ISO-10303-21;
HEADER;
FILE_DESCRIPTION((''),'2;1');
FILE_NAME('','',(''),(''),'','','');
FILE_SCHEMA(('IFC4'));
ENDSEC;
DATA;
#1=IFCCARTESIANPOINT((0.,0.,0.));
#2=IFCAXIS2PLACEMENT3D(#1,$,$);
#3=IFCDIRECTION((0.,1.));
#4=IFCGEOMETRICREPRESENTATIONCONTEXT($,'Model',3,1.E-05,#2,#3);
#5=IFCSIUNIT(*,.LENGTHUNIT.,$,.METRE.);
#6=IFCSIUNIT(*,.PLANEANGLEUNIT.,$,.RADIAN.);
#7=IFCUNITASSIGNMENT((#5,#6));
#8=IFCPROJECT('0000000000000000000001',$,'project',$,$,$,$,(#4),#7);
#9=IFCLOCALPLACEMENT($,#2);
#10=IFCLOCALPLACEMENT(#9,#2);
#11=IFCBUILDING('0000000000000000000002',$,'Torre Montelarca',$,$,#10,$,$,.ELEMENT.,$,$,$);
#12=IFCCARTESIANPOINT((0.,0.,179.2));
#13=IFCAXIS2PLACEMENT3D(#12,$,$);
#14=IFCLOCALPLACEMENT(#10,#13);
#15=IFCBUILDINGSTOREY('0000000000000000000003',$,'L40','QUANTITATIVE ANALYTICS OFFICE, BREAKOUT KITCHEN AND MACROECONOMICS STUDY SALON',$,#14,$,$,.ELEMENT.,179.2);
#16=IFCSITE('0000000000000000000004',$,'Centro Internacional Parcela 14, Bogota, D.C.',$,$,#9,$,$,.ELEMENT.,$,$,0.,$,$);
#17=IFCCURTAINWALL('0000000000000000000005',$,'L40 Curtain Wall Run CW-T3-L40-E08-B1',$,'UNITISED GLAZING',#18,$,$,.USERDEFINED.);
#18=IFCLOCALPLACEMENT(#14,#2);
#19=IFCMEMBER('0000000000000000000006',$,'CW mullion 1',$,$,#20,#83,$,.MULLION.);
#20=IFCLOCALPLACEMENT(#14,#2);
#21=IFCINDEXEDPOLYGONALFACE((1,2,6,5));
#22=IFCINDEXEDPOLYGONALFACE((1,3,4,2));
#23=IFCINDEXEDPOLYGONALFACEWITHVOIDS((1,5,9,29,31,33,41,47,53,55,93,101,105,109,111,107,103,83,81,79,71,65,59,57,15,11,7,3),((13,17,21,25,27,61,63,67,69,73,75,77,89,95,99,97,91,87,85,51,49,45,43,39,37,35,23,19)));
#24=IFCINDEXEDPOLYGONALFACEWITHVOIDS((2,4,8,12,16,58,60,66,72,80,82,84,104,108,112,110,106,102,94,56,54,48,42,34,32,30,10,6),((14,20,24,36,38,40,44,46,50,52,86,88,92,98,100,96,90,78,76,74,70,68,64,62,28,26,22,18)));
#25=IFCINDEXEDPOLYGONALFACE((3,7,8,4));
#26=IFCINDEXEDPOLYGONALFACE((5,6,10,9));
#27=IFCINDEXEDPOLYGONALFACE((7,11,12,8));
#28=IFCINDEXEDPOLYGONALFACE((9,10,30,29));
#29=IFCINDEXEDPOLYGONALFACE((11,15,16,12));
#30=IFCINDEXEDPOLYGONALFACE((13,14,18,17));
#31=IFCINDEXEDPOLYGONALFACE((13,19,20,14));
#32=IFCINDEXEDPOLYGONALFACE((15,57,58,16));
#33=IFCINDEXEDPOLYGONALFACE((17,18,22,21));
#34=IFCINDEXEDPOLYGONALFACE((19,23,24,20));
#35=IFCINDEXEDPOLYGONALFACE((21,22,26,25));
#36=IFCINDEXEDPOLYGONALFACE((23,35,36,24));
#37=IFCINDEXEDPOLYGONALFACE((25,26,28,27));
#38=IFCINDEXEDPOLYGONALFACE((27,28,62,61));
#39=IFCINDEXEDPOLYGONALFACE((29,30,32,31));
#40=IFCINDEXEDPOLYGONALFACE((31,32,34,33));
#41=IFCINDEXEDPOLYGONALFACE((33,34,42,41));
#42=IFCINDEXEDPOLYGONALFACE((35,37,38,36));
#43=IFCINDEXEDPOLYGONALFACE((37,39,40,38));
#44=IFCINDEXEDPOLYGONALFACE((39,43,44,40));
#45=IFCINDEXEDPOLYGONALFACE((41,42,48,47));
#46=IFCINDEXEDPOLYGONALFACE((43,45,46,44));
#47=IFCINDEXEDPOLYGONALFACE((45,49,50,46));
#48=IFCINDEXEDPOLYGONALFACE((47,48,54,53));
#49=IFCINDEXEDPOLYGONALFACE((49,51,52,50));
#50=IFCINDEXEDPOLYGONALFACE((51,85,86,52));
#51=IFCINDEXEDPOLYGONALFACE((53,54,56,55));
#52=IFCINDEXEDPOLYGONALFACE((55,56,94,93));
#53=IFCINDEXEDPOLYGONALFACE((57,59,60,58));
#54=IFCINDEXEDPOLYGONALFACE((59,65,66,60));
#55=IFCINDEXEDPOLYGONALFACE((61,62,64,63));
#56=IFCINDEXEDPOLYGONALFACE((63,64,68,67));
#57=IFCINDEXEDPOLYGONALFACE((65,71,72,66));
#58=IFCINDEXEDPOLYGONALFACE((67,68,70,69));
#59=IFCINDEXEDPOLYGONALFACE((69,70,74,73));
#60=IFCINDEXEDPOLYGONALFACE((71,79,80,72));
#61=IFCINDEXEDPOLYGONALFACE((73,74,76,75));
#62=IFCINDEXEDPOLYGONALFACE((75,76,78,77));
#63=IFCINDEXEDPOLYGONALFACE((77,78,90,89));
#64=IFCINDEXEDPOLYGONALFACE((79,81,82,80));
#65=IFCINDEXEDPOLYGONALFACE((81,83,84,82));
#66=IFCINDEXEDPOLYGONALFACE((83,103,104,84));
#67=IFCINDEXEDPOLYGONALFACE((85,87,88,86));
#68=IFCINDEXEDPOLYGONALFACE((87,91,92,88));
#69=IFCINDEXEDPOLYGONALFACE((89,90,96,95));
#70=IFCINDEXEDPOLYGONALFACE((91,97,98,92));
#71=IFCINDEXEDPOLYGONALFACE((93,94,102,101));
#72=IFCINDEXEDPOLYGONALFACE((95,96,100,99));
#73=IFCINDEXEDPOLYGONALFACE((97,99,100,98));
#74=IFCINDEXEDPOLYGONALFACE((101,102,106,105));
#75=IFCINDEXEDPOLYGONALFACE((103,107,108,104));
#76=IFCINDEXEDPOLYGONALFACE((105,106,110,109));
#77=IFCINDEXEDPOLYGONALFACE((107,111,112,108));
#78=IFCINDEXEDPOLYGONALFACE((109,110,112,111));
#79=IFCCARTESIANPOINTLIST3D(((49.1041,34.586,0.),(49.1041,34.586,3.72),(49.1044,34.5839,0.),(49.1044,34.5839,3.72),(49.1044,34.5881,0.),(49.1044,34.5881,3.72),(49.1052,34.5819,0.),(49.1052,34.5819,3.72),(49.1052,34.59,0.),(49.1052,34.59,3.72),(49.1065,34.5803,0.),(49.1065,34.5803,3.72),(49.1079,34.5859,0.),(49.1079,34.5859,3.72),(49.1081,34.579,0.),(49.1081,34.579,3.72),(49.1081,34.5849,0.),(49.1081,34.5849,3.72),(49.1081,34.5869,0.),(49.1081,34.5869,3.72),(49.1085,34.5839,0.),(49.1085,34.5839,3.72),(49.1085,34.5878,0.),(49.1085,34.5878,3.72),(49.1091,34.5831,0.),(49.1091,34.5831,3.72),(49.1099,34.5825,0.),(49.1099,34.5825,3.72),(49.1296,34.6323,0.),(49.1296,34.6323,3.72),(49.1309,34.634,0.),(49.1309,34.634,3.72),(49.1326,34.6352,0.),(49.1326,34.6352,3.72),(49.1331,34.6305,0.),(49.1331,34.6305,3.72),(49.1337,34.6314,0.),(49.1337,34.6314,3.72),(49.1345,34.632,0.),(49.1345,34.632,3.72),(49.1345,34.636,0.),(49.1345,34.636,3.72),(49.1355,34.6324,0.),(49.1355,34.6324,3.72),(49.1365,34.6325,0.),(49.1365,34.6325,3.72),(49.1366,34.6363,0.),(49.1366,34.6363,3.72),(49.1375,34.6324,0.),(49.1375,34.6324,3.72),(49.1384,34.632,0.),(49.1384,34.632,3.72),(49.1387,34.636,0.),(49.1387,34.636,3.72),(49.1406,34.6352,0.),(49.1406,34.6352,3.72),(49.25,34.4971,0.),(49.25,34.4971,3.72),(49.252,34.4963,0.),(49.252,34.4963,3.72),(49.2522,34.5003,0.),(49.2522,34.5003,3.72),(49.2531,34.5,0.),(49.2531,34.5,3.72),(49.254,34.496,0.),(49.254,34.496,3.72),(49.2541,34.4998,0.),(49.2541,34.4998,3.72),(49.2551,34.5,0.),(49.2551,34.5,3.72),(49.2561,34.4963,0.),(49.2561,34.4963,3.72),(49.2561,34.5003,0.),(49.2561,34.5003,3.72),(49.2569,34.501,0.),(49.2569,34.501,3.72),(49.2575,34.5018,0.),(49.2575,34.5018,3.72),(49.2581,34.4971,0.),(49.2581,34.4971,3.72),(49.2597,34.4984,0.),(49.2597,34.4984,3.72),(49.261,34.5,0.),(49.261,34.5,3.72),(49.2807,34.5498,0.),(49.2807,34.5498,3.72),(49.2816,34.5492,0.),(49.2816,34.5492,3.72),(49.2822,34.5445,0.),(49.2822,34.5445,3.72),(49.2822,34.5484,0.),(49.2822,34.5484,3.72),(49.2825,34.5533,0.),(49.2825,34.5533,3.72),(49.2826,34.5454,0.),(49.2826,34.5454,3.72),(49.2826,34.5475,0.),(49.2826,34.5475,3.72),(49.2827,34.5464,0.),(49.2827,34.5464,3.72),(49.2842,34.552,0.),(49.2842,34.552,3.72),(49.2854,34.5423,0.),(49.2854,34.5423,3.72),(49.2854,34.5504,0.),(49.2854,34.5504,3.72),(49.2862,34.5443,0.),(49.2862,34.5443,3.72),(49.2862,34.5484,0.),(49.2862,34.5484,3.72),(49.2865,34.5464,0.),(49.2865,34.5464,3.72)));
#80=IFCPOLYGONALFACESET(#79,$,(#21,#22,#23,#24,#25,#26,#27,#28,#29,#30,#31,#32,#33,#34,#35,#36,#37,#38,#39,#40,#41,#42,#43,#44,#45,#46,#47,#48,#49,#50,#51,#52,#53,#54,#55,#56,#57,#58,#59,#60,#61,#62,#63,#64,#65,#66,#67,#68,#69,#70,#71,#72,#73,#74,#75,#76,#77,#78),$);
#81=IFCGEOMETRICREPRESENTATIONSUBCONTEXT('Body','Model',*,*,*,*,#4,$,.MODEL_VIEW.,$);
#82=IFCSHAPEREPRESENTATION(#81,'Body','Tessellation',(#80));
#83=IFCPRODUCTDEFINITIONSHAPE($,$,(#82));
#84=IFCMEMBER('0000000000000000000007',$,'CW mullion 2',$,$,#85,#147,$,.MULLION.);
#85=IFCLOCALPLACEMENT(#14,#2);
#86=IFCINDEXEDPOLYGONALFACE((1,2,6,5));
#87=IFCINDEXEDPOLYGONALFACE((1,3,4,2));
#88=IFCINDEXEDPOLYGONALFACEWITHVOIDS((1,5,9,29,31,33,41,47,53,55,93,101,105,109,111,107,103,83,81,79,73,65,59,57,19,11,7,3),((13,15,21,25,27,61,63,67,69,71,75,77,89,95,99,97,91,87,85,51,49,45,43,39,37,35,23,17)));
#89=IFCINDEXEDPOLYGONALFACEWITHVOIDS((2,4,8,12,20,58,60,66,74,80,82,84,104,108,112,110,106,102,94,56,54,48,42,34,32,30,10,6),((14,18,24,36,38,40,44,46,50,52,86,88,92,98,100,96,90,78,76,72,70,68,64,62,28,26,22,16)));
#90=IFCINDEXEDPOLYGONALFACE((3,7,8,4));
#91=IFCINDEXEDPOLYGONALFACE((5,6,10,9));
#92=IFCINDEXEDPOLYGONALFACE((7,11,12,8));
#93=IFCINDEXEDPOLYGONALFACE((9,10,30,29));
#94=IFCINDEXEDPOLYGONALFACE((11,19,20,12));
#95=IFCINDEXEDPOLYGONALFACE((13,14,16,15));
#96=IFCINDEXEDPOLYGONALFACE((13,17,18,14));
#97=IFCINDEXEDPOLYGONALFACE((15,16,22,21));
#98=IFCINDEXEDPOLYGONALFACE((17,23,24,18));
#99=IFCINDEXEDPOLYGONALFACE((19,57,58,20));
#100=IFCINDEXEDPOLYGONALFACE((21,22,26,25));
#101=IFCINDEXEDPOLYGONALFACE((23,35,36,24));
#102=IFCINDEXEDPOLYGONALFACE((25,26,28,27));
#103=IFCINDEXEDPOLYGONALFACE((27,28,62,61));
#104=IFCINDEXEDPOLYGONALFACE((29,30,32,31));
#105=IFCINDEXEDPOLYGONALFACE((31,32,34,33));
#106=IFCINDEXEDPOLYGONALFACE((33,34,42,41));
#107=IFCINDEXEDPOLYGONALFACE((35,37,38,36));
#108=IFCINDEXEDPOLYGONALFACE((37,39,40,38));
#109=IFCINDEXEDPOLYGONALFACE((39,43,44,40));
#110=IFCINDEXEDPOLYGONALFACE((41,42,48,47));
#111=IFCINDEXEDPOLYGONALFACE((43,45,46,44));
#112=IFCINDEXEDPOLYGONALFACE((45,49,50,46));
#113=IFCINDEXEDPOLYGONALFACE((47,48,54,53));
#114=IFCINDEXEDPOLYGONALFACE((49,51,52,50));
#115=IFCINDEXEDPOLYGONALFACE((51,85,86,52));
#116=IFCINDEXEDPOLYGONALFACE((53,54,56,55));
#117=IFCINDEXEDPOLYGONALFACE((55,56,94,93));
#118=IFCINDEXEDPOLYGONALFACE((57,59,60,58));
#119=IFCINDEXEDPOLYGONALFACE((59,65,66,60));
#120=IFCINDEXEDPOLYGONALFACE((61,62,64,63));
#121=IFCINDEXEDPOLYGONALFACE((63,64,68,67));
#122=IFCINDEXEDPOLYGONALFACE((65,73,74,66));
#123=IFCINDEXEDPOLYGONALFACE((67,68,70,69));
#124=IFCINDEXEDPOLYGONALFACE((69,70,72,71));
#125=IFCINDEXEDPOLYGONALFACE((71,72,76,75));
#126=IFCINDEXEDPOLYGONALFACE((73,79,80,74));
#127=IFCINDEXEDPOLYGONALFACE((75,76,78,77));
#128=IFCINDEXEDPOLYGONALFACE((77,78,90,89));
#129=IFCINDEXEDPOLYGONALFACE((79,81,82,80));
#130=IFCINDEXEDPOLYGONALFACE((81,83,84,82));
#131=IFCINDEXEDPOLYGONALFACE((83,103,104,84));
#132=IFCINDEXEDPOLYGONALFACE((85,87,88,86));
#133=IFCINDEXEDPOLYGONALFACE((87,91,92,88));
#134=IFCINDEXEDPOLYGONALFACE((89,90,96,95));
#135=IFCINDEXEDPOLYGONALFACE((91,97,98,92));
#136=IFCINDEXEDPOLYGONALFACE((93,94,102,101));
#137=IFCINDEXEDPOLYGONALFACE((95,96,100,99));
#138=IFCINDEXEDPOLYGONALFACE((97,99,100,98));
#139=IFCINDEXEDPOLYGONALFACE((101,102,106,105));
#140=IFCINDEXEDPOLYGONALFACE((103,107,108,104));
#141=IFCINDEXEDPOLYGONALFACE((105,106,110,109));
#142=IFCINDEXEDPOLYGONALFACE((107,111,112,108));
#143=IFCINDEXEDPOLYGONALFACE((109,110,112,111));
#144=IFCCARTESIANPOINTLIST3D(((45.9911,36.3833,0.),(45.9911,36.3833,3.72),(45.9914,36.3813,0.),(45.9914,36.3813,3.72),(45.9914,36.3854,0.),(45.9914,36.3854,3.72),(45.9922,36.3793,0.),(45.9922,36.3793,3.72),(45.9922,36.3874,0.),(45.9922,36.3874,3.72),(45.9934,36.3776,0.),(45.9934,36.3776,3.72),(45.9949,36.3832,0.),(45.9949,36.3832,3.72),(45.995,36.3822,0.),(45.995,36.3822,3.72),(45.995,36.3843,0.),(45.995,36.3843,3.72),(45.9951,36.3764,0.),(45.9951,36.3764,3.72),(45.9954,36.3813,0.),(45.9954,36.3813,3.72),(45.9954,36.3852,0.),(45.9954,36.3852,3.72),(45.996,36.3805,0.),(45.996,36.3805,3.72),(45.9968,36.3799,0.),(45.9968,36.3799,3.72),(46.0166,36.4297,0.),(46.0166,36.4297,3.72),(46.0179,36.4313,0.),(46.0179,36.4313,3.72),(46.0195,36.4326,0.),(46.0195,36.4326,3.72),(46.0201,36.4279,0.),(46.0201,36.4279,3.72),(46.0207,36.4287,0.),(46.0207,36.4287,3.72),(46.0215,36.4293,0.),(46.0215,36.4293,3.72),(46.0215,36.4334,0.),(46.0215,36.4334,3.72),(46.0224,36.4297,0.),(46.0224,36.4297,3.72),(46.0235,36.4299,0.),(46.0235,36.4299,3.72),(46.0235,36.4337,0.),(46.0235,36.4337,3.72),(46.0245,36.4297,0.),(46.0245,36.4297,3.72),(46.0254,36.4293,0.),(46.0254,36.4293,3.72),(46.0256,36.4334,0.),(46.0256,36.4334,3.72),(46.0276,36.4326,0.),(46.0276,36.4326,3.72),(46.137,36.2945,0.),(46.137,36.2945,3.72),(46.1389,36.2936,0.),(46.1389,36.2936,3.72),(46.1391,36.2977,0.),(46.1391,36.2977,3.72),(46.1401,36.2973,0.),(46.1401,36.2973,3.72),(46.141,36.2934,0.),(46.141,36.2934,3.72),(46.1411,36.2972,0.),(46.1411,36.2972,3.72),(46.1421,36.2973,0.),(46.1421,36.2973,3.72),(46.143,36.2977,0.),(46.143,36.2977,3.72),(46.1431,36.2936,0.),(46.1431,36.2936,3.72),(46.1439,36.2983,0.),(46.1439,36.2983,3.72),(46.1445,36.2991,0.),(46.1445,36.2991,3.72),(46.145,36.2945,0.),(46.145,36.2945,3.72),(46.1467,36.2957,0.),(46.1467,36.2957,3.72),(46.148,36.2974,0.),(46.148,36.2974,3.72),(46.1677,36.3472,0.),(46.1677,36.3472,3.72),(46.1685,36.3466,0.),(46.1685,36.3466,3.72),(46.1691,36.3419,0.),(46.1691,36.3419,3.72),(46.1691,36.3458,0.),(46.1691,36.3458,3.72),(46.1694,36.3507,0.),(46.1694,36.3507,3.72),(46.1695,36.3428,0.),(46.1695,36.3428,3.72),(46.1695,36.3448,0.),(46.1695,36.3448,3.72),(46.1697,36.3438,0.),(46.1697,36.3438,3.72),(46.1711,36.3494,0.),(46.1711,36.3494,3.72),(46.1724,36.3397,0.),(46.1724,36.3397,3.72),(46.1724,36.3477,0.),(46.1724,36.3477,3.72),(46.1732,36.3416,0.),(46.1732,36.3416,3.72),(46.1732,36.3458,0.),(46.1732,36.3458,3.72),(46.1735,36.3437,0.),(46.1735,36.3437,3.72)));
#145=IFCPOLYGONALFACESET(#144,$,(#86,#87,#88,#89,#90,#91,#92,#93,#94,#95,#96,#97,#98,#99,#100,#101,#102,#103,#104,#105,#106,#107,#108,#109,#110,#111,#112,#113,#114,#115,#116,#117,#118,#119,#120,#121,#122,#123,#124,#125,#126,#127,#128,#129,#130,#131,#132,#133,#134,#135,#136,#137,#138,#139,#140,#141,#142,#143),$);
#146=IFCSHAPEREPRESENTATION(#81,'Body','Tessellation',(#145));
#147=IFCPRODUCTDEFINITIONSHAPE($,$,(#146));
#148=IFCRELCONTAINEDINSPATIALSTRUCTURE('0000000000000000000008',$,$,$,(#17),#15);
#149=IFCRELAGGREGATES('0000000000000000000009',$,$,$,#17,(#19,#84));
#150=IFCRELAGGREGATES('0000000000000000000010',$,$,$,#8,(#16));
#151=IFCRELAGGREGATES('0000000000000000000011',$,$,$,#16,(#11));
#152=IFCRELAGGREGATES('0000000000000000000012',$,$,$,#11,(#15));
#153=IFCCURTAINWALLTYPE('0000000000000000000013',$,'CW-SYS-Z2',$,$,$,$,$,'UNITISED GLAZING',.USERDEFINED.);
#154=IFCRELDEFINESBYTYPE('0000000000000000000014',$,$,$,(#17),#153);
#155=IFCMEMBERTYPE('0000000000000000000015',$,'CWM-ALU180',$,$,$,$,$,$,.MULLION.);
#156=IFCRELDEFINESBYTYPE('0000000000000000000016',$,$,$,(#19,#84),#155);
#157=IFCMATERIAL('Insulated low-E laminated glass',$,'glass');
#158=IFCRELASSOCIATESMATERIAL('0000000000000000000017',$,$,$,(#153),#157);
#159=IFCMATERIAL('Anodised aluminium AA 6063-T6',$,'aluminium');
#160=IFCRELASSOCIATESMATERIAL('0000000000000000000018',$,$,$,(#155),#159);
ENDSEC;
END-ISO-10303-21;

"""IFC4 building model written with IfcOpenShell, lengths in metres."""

from ifc_helpers import new_model, si_unit, direction, frame, origin, origin_2d, place, context, subcontext, project, spatial, hollow_rectangle, extrude, source, transform, mapped, material, material_profile, profile_set, type_object, element, aggregate, save


model = new_model("IFC4")

# Units and contexts
model_context = context("Model", 3, precision=1e-05, world=origin(), true_north=direction((0.0, 1.0)))
body_context = subcontext(model_context, "Body", "Model", "MODEL_VIEW")
ifc_project = project(units=[si_unit("LENGTHUNIT", "METRE"), si_unit("PLANEANGLEUNIT", "RADIAN")], contexts=[model_context])

# Site, building, storey
site_placement = place(None, origin())
site = spatial("IfcSite", under=ifc_project, at=site_placement, Name="Centro Internacional Parcela 14, Bogota, D.C.", CompositionType="ELEMENT", RefElevation=0.0)
building_placement = place(site_placement, origin())
building = spatial("IfcBuilding", under=site, at=building_placement, Name="Torre Montelarca", CompositionType="ELEMENT")
storey_placement = place(building_placement, frame((0.0, 0.0, 179.2)))
storey = spatial("IfcBuildingStorey", under=building, at=storey_placement, Name="L40", Description="QUANTITATIVE ANALYTICS OFFICE, BREAKOUT KITCHEN AND MACROECONOMICS STUDY SALON", CompositionType="ELEMENT", Elevation=179.2)

# Curtain wall, members
ifc_material_1 = material(Name="Insulated low-E laminated glass", Category="glass")
curtain_wall_type = type_object("IfcCurtainWallType", Name="CW-SYS-Z2", ElementType="UNITISED GLAZING", PredefinedType="USERDEFINED", material=ifc_material_1)
ifc_material_2 = material(Name="Anodised aluminium AA 6063-T6", Category="aluminium")
ifc_material_profile_1 = material_profile(ifc_material_2, hollow_rectangle(XDim=0.0649, YDim=0.1799, WallThickness=0.0039, InnerFilletRadius=0.0039, OuterFilletRadius=0.0081, at=origin_2d()), Name="ALU65X180X4", Category="aluminium")
ifc_profile_set_1 = profile_set([ifc_material_profile_1], Name="Anodised aluminium AA 6063-T6")
member_type_1 = type_object("IfcMemberType", Name="CWM-ALU180", PredefinedType="MULLION", material=ifc_profile_set_1)
shared_shape_1 = source(origin(), body_context, "Body", "SweptSolid", [
    extrude(hollow_rectangle(XDim=0.0649, YDim=0.1799, WallThickness=0.0039, InnerFilletRadius=0.0039, OuterFilletRadius=0.0081, at=origin_2d()), origin(), (0.0, 0.0, 1.0), 3.72),
])
curtain_wall_1_placement = place(storey_placement, origin())
curtain_wall_1 = element("IfcCurtainWall", 1, at=curtain_wall_1_placement, inside=storey, type_object=curtain_wall_type, Name="L40 Curtain Wall Run CW-T3-L40-E08-B1", ObjectType="UNITISED GLAZING", PredefinedType="USERDEFINED")
member_1_placement = place(storey_placement, frame((49.1953, 34.5662, 0.0), z_axis=(0.0, 0.0, 1.0), x_axis=(-0.500001, -0.866025, 0.0)))
member_1 = element("IfcMember", 2, at=member_1_placement, type_object=member_type_1, Name="CW mullion 1", PredefinedType="MULLION", context=body_context, shape_type="MappedRepresentation", body=[
    mapped(shared_shape_1, transform((0.0, 0.0, 0.0), scale=1.0)),
])
member_2_placement = place(storey_placement, frame((46.0823, 36.3635, 0.0), z_axis=(0.0, 0.0, 1.0), x_axis=(-0.500001, -0.866025, 0.0)))
member_2 = element("IfcMember", 3, at=member_2_placement, type_object=member_type_1, Name="CW mullion 2", PredefinedType="MULLION", context=body_context, shape_type="MappedRepresentation", body=[
    mapped(shared_shape_1, transform((0.0, 0.0, 0.0), scale=1.0)),
])

aggregate(curtain_wall_1, [member_1, member_2])

save(model, "model.ifc")
